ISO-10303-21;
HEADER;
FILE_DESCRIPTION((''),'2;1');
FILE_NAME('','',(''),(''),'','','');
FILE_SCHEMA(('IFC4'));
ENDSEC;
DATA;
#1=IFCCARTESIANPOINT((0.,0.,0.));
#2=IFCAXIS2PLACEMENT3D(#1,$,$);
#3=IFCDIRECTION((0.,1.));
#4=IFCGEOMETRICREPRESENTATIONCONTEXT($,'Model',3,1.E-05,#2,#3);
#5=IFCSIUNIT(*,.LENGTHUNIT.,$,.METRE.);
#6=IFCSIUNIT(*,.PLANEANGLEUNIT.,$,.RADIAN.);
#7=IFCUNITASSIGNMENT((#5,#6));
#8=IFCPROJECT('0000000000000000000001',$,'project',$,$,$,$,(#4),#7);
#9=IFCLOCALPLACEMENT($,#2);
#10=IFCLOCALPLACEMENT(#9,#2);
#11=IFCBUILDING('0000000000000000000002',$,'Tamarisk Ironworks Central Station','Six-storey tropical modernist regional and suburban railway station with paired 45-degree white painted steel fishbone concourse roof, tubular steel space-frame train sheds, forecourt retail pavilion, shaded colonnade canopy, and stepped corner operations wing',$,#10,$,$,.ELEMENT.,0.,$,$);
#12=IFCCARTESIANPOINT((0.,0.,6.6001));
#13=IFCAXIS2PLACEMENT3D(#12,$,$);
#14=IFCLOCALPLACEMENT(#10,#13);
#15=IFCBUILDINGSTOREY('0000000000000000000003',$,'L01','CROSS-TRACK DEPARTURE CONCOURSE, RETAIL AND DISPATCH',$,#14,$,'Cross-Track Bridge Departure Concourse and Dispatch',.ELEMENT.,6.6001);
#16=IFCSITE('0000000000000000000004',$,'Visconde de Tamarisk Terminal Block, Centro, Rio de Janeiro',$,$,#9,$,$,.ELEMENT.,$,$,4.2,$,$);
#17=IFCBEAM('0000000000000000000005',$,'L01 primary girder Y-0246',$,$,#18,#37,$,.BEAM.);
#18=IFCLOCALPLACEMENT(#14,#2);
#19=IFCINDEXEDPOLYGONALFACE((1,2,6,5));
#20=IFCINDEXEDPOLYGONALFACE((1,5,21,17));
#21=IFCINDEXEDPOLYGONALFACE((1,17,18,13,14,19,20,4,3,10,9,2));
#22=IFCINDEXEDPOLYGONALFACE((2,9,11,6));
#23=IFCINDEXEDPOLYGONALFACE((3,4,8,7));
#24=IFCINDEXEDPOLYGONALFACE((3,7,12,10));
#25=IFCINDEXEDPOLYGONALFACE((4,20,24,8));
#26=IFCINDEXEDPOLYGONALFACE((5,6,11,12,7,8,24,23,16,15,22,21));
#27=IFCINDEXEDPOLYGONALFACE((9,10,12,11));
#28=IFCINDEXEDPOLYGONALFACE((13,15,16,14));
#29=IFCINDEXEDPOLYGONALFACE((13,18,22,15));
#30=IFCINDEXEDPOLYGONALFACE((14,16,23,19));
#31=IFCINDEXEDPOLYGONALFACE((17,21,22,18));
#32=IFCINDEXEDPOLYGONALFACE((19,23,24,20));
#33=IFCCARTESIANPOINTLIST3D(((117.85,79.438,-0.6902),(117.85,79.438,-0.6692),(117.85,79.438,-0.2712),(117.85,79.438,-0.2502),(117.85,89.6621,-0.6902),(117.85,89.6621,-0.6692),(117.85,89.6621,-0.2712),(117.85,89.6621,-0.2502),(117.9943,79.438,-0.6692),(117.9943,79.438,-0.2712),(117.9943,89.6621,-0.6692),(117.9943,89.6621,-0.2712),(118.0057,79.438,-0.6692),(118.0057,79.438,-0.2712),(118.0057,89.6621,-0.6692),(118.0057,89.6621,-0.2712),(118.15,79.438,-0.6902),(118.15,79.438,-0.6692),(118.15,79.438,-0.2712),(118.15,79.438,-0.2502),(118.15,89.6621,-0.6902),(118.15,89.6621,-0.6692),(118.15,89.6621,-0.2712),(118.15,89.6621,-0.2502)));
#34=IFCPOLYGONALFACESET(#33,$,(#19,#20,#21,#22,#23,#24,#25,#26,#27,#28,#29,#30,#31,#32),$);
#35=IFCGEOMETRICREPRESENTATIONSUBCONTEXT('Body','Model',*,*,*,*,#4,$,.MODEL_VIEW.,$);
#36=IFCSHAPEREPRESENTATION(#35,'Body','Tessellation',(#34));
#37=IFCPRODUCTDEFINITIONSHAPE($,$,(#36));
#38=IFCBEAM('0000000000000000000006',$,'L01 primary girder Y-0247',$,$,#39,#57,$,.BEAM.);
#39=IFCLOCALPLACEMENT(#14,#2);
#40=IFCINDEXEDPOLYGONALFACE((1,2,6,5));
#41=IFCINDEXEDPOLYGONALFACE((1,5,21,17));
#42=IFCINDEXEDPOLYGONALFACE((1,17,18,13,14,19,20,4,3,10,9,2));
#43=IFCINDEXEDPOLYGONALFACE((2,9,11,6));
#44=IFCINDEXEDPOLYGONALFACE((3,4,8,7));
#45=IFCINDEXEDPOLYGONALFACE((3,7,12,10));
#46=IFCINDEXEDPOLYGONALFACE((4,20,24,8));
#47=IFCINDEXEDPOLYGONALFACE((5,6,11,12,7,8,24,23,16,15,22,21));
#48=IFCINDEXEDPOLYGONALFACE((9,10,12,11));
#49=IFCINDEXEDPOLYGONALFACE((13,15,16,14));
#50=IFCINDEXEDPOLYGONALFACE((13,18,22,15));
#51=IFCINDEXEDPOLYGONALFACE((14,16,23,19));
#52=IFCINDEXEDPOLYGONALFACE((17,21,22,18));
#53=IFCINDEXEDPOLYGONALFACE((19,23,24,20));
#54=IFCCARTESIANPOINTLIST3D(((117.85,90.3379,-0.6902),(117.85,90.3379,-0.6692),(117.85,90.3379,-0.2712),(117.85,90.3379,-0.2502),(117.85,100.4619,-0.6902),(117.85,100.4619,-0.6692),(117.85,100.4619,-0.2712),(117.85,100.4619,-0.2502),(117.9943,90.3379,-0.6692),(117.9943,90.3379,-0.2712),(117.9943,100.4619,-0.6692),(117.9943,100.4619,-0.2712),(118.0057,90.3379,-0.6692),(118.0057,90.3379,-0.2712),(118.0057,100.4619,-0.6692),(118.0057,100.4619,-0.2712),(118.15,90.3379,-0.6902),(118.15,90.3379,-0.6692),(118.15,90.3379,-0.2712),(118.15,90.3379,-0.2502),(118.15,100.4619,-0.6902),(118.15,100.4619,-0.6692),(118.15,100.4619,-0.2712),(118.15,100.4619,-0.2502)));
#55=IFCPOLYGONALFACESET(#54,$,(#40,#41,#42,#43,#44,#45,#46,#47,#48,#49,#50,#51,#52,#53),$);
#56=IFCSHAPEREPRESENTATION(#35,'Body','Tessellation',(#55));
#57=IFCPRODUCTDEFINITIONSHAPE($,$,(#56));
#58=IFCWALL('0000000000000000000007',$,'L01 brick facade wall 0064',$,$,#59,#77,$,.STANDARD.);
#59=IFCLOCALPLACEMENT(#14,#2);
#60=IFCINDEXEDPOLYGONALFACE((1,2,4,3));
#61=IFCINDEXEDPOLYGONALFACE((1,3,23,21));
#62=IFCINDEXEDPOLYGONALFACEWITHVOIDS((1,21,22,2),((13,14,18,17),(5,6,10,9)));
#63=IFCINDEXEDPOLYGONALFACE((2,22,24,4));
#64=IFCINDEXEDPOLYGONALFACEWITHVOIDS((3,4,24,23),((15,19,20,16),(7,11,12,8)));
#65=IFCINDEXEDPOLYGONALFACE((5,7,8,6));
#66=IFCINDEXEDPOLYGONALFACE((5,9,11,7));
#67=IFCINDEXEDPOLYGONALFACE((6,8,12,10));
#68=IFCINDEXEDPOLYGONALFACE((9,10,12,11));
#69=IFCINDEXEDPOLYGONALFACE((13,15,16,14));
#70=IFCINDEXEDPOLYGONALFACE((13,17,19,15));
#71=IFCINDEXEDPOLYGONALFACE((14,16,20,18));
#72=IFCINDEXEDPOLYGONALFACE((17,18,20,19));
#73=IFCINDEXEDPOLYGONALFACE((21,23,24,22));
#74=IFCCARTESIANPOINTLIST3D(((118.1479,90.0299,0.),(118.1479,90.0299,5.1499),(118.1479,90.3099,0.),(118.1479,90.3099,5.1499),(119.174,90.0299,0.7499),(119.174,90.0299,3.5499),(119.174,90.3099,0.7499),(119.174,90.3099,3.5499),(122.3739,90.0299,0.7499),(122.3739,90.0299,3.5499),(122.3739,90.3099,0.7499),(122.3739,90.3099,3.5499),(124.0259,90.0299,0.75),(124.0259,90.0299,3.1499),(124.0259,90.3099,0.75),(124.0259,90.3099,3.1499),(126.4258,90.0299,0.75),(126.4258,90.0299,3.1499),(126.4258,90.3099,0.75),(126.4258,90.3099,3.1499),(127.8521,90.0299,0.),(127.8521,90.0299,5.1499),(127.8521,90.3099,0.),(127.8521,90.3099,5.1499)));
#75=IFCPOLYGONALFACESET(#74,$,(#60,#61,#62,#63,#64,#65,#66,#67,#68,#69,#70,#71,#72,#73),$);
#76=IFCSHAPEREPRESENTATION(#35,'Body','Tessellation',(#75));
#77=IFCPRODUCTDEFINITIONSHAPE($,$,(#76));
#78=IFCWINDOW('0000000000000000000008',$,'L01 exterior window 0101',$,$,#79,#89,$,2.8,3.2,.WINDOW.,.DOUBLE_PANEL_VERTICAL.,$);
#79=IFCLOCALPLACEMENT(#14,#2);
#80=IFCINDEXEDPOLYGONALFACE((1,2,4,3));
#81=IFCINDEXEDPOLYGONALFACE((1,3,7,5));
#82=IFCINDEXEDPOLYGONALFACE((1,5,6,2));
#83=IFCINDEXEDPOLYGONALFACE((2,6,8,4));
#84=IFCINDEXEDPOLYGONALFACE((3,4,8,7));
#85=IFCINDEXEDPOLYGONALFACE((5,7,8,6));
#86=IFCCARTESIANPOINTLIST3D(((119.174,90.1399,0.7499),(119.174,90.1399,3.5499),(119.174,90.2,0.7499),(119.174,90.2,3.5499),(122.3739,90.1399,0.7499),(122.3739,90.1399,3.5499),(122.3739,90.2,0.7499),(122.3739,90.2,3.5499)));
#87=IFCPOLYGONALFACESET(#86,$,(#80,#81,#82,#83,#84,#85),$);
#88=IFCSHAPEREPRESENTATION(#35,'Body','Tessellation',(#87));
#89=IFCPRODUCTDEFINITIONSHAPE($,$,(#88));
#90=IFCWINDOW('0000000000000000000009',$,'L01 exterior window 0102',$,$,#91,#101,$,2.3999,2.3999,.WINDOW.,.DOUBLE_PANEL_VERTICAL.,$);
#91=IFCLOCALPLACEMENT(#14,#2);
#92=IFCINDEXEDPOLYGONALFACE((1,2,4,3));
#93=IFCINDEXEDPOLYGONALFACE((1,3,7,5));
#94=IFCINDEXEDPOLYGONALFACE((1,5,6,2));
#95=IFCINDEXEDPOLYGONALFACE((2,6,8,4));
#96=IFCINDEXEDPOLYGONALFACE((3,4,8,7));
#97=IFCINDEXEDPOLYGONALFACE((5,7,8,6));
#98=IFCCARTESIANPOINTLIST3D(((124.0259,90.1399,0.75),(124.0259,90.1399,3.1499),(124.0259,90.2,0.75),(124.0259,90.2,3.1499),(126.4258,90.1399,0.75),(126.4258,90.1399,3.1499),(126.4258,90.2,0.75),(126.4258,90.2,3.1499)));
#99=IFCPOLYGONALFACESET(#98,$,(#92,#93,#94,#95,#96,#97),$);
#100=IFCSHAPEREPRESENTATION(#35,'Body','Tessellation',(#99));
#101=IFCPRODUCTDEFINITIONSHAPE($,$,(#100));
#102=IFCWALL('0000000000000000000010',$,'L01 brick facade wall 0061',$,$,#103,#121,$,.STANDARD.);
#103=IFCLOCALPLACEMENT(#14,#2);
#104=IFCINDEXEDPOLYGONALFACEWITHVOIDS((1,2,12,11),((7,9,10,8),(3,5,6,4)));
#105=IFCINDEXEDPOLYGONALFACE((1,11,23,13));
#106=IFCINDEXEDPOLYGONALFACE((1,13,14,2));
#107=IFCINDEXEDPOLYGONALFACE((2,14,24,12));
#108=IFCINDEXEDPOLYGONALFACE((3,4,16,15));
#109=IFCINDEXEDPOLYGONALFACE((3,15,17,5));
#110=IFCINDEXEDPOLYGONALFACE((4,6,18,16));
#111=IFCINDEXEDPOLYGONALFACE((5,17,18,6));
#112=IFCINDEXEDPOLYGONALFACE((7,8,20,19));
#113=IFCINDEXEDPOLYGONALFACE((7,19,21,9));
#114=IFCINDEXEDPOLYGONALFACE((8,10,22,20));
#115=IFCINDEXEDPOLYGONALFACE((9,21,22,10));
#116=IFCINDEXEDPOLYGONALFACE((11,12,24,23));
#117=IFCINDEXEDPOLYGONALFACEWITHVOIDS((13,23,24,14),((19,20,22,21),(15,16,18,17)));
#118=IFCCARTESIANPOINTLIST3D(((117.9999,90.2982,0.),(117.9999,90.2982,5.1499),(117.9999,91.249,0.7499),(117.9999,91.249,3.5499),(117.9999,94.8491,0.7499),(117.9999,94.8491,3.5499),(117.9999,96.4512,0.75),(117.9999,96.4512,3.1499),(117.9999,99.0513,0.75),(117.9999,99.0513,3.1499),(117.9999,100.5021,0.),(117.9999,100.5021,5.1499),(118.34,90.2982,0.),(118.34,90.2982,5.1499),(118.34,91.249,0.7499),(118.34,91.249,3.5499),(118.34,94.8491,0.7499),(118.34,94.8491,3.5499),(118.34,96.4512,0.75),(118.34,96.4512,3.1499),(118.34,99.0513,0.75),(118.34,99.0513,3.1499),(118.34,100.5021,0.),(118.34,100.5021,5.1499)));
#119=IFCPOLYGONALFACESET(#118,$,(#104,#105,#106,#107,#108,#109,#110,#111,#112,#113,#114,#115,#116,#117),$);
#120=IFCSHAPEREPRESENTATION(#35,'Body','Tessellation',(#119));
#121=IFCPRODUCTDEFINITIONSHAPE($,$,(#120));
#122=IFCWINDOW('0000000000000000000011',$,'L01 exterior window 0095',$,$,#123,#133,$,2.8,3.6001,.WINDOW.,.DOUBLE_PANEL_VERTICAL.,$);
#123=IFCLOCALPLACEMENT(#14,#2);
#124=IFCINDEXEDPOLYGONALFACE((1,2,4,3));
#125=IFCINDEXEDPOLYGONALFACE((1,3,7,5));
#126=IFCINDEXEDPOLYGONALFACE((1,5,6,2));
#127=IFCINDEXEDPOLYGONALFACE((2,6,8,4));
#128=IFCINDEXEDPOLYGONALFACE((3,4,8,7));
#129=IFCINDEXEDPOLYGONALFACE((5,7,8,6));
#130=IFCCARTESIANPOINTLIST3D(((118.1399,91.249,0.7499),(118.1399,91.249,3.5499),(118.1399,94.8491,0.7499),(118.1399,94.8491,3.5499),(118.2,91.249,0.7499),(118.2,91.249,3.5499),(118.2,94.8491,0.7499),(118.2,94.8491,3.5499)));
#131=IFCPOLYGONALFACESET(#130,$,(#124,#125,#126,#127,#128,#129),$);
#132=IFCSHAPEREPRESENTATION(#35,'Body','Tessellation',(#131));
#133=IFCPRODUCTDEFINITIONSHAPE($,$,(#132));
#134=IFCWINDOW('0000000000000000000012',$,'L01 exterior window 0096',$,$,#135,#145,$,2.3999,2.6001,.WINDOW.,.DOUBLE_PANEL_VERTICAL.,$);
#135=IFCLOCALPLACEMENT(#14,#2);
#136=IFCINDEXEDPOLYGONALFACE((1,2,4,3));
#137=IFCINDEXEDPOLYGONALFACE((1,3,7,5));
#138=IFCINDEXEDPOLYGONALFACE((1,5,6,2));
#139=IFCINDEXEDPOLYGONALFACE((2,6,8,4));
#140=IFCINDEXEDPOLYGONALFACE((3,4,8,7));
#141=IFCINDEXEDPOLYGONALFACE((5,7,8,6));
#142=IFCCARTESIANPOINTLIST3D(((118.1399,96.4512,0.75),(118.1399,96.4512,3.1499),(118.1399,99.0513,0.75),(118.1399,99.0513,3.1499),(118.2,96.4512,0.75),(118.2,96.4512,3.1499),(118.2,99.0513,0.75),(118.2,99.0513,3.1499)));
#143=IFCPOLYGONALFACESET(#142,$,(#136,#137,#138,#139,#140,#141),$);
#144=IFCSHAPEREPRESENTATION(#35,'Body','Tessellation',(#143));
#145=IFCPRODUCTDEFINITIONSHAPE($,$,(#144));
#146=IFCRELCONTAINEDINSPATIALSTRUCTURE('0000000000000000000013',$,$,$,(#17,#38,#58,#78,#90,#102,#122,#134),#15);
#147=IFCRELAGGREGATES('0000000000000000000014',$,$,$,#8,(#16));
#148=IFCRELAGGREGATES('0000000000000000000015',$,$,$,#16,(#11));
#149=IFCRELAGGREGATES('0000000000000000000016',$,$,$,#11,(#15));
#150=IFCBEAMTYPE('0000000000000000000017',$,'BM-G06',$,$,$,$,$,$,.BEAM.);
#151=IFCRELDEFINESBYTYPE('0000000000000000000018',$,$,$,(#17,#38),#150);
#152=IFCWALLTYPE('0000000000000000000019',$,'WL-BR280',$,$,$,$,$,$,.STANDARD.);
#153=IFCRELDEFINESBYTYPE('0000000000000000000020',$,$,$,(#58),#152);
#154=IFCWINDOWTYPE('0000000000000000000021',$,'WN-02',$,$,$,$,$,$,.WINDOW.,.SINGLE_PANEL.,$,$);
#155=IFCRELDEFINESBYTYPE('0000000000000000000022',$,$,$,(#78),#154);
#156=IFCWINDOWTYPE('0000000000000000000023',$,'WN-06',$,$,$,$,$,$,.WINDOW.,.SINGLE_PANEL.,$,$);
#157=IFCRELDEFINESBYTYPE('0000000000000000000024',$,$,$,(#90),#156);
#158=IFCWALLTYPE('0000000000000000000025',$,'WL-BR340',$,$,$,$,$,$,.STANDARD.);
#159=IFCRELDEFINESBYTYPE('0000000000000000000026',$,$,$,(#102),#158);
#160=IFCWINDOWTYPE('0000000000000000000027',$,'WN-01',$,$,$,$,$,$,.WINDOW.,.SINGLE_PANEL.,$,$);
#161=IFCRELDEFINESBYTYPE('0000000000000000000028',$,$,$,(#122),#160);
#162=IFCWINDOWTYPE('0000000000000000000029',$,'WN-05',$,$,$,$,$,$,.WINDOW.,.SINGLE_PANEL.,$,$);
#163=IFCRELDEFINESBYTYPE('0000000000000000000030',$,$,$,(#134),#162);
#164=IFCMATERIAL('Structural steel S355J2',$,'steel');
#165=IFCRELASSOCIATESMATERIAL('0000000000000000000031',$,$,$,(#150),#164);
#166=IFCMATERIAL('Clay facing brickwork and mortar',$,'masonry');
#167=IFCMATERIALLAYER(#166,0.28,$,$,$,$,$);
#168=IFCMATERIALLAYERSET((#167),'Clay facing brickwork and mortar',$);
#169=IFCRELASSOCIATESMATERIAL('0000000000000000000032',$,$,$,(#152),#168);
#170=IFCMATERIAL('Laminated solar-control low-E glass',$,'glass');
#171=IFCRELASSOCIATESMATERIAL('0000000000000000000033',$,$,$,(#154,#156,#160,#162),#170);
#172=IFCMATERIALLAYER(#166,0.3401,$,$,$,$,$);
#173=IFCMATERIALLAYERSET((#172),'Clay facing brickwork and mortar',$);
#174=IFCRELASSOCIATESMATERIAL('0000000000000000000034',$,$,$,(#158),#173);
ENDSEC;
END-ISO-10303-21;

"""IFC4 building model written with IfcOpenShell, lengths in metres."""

from ifc_helpers import new_model, si_unit, direction, frame, frame_2d, origin, origin_2d, place, context, subcontext, project, spatial, rectangle, i_section, extrude, material, layer, layer_set, material_profile, profile_set, type_object, element, fill, save


model = new_model("IFC4")

# Units and contexts
model_context = context("Model", 3, precision=1e-05, world=origin(), true_north=direction((0.0, 1.0)))
body_context = subcontext(model_context, "Body", "Model", "MODEL_VIEW")
ifc_project = project(units=[si_unit("LENGTHUNIT", "METRE"), si_unit("PLANEANGLEUNIT", "RADIAN")], contexts=[model_context])

# Site, building, storey
site_placement = place(None, origin())
site = spatial("IfcSite", under=ifc_project, at=site_placement, Name="Visconde de Tamarisk Terminal Block, Centro, Rio de Janeiro", CompositionType="ELEMENT", RefElevation=4.2)
building_placement = place(site_placement, origin())
building = spatial("IfcBuilding", under=site, at=building_placement, Name="Tamarisk Ironworks Central Station", Description="Six-storey tropical modernist regional and suburban railway station with paired 45-degree white painted steel fishbone concourse roof, tubular steel space-frame train sheds, forecourt retail pavilion, shaded colonnade canopy, and stepped corner operations wing", CompositionType="ELEMENT", ElevationOfRefHeight=0.0)
storey_placement = place(building_placement, frame((0.0, 0.0, 6.6001)))
storey = spatial("IfcBuildingStorey", under=building, at=storey_placement, Name="L01", Description="CROSS-TRACK DEPARTURE CONCOURSE, RETAIL AND DISPATCH", LongName="Cross-Track Bridge Departure Concourse and Dispatch", CompositionType="ELEMENT", Elevation=6.6001)

# Shared definitions
ifc_material_1 = material(Name="Structural steel S355J2", Category="steel")

# Beams
ifc_material_profile_1 = material_profile(ifc_material_1, i_section(OverallWidth=0.3, OverallDepth=0.4399, WebThickness=0.0115, FlangeThickness=0.021, at=origin_2d()), Name="HEA 450")
ifc_profile_set_1 = profile_set([ifc_material_profile_1], Name="Structural steel S355J2")
beam_type_1 = type_object("IfcBeamType", Name="BM-G06", PredefinedType="BEAM", material=ifc_profile_set_1)
beam_1_placement = place(storey_placement, frame((118.0, 79.438, -0.4702), z_axis=(0.0, 1.0, 0.0), x_axis=(-1.0, 0.0, 0.0)))
element("IfcBeam", 1, at=beam_1_placement, inside=storey, type_object=beam_type_1, Name="L01 primary girder Y-0246", PredefinedType="BEAM", context=body_context, shape_type="SweptSolid", body=[
    extrude(i_section(OverallWidth=0.3, OverallDepth=0.4399, WebThickness=0.0115, FlangeThickness=0.021, at=origin_2d()), origin(), (0.0, 0.0, 1.0), 10.2241),
])
beam_2_placement = place(storey_placement, frame((118.0, 90.3379, -0.4702), z_axis=(0.0, 1.0, 0.0), x_axis=(-1.0, 0.0, 0.0)))
element("IfcBeam", 2, at=beam_2_placement, inside=storey, type_object=beam_type_1, Name="L01 primary girder Y-0247", PredefinedType="BEAM", context=body_context, shape_type="SweptSolid", body=[
    extrude(i_section(OverallWidth=0.3, OverallDepth=0.4399, WebThickness=0.0115, FlangeThickness=0.021, at=origin_2d()), origin(), (0.0, 0.0, 1.0), 10.124),
])

# Walls, openings, windows
ifc_material_2 = material(Name="Clay facing brickwork and mortar", Category="masonry")
ifc_layer_1 = layer(ifc_material_2, 0.28)
ifc_layer_set_1 = layer_set([ifc_layer_1], Name="Clay facing brickwork and mortar")
wall_type_1 = type_object("IfcWallType", Name="WL-BR280", PredefinedType="STANDARD", material=ifc_layer_set_1)
wall_1_placement = place(storey_placement, frame((118.1479, 90.1699, 0.0), z_axis=(0.0, 0.0, 1.0), x_axis=(1.0, 0.0, 0.0)))
wall_1 = element("IfcWall", 3, at=wall_1_placement, inside=storey, type_object=wall_type_1, Name="L01 brick facade wall 0064", PredefinedType="STANDARD", context=body_context, shape_type="SweptSolid", body=[
    extrude(rectangle(XDim=9.7041, YDim=0.28, at=frame_2d((4.8521, 0.0))), origin(), (0.0, 0.0, 1.0), 5.1499),
])
opening_1_placement = place(wall_1_placement, frame((1.0259, 0.0, 0.75)))
opening_1 = element("IfcOpeningElement", 4, at=opening_1_placement, cuts=wall_1, PredefinedType="OPENING", context=body_context, shape_type="SweptSolid", body=[
    extrude(rectangle(XDim=3.2, YDim=2.8, at=frame_2d((1.6001, 1.3999))), frame((0.0, 0.1519, 0.0), z_axis=(0.0, -1.0, 0.0), x_axis=(1.0, 0.0, 0.0)), (0.0, 0.0, 1.0), 0.304),
])
opening_2_placement = place(wall_1_placement, frame((5.8779, 0.0, 0.75)))
opening_2 = element("IfcOpeningElement", 5, at=opening_2_placement, cuts=wall_1, PredefinedType="OPENING", context=body_context, shape_type="SweptSolid", body=[
    extrude(rectangle(XDim=2.3999, YDim=2.3999, at=frame_2d((1.2, 1.2))), frame((0.0, 0.1519, 0.0), z_axis=(0.0, -1.0, 0.0), x_axis=(1.0, 0.0, 0.0)), (0.0, 0.0, 1.0), 0.304),
])
ifc_material_3 = material(Name="Laminated solar-control low-E glass", Category="glass")
window_type_1 = type_object("IfcWindowType", Name="WN-02", PartitioningType="SINGLE_PANEL", PredefinedType="WINDOW", material=ifc_material_3)
window_1_placement = place(opening_1_placement, origin())
window_1 = element("IfcWindow", 6, at=window_1_placement, inside=storey, type_object=window_type_1, Name="L01 exterior window 0101", OverallHeight=2.8, OverallWidth=3.2, PartitioningType="DOUBLE_PANEL_VERTICAL", PredefinedType="WINDOW", context=body_context, shape_type="SweptSolid", body=[
    extrude(rectangle(XDim=3.2, YDim=2.8, at=frame_2d((1.6001, 1.3999))), frame((0.0, 0.03, 0.0), z_axis=(0.0, -1.0, 0.0), x_axis=(1.0, 0.0, 0.0)), (0.0, 0.0, 1.0), 0.0601),
])
fill(opening_1, window_1)
window_type_2 = type_object("IfcWindowType", Name="WN-06", PartitioningType="SINGLE_PANEL", PredefinedType="WINDOW", material=ifc_material_3)
window_2_placement = place(opening_2_placement, origin())
window_2 = element("IfcWindow", 7, at=window_2_placement, inside=storey, type_object=window_type_2, Name="L01 exterior window 0102", OverallHeight=2.3999, OverallWidth=2.3999, PartitioningType="DOUBLE_PANEL_VERTICAL", PredefinedType="WINDOW", context=body_context, shape_type="SweptSolid", body=[
    extrude(rectangle(XDim=2.3999, YDim=2.3999, at=frame_2d((1.2, 1.2))), frame((0.0, 0.03, 0.0), z_axis=(0.0, -1.0, 0.0), x_axis=(1.0, 0.0, 0.0)), (0.0, 0.0, 1.0), 0.0601),
])
fill(opening_2, window_2)
ifc_layer_2 = layer(ifc_material_2, 0.3401)
ifc_layer_set_2 = layer_set([ifc_layer_2], Name="Clay facing brickwork and mortar")
wall_type_2 = type_object("IfcWallType", Name="WL-BR340", PredefinedType="STANDARD", material=ifc_layer_set_2)
wall_2_placement = place(storey_placement, frame((118.1699, 90.2981, 0.0), z_axis=(0.0, 0.0, 1.0), x_axis=(0.0, 1.0, 0.0)))
wall_2 = element("IfcWall", 8, at=wall_2_placement, inside=storey, type_object=wall_type_2, Name="L01 brick facade wall 0061", PredefinedType="STANDARD", context=body_context, shape_type="SweptSolid", body=[
    extrude(rectangle(XDim=10.2039, YDim=0.3401, at=frame_2d((5.1021, 0.0))), origin(), (0.0, 0.0, 1.0), 5.1499),
])
opening_3_placement = place(wall_2_placement, frame((0.9509, 0.0, 0.75)))
opening_3 = element("IfcOpeningElement", 9, at=opening_3_placement, cuts=wall_2, PredefinedType="OPENING", context=body_context, shape_type="SweptSolid", body=[
    extrude(rectangle(XDim=3.6001, YDim=2.8, at=frame_2d((1.8, 1.3999))), frame((0.0, 0.1821, 0.0), z_axis=(0.0, -1.0, 0.0), x_axis=(1.0, 0.0, 0.0)), (0.0, 0.0, 1.0), 0.364),
])
opening_4_placement = place(wall_2_placement, frame((6.1531, 0.0, 0.75)))
opening_4 = element("IfcOpeningElement", 10, at=opening_4_placement, cuts=wall_2, PredefinedType="OPENING", context=body_context, shape_type="SweptSolid", body=[
    extrude(rectangle(XDim=2.6001, YDim=2.3999, at=frame_2d((1.3, 1.2))), frame((0.0, 0.1821, 0.0), z_axis=(0.0, -1.0, 0.0), x_axis=(1.0, 0.0, 0.0)), (0.0, 0.0, 1.0), 0.364),
])
window_type_3 = type_object("IfcWindowType", Name="WN-01", PartitioningType="SINGLE_PANEL", PredefinedType="WINDOW", material=ifc_material_3)
window_3_placement = place(opening_3_placement, origin())
window_3 = element("IfcWindow", 11, at=window_3_placement, inside=storey, type_object=window_type_3, Name="L01 exterior window 0095", OverallHeight=2.8, OverallWidth=3.6001, PartitioningType="DOUBLE_PANEL_VERTICAL", PredefinedType="WINDOW", context=body_context, shape_type="SweptSolid", body=[
    extrude(rectangle(XDim=3.6001, YDim=2.8, at=frame_2d((1.8, 1.3999))), frame((0.0, 0.03, 0.0), z_axis=(0.0, -1.0, 0.0), x_axis=(1.0, 0.0, 0.0)), (0.0, 0.0, 1.0), 0.0601),
])
fill(opening_3, window_3)
window_type_4 = type_object("IfcWindowType", Name="WN-05", PartitioningType="SINGLE_PANEL", PredefinedType="WINDOW", material=ifc_material_3)
window_4_placement = place(opening_4_placement, origin())
window_4 = element("IfcWindow", 12, at=window_4_placement, inside=storey, type_object=window_type_4, Name="L01 exterior window 0096", OverallHeight=2.3999, OverallWidth=2.6001, PartitioningType="DOUBLE_PANEL_VERTICAL", PredefinedType="WINDOW", context=body_context, shape_type="SweptSolid", body=[
    extrude(rectangle(XDim=2.6001, YDim=2.3999, at=frame_2d((1.3, 1.2))), frame((0.0, 0.03, 0.0), z_axis=(0.0, -1.0, 0.0), x_axis=(1.0, 0.0, 0.0)), (0.0, 0.0, 1.0), 0.0601),
])
fill(opening_4, window_4)

save(model, "model.ifc")
